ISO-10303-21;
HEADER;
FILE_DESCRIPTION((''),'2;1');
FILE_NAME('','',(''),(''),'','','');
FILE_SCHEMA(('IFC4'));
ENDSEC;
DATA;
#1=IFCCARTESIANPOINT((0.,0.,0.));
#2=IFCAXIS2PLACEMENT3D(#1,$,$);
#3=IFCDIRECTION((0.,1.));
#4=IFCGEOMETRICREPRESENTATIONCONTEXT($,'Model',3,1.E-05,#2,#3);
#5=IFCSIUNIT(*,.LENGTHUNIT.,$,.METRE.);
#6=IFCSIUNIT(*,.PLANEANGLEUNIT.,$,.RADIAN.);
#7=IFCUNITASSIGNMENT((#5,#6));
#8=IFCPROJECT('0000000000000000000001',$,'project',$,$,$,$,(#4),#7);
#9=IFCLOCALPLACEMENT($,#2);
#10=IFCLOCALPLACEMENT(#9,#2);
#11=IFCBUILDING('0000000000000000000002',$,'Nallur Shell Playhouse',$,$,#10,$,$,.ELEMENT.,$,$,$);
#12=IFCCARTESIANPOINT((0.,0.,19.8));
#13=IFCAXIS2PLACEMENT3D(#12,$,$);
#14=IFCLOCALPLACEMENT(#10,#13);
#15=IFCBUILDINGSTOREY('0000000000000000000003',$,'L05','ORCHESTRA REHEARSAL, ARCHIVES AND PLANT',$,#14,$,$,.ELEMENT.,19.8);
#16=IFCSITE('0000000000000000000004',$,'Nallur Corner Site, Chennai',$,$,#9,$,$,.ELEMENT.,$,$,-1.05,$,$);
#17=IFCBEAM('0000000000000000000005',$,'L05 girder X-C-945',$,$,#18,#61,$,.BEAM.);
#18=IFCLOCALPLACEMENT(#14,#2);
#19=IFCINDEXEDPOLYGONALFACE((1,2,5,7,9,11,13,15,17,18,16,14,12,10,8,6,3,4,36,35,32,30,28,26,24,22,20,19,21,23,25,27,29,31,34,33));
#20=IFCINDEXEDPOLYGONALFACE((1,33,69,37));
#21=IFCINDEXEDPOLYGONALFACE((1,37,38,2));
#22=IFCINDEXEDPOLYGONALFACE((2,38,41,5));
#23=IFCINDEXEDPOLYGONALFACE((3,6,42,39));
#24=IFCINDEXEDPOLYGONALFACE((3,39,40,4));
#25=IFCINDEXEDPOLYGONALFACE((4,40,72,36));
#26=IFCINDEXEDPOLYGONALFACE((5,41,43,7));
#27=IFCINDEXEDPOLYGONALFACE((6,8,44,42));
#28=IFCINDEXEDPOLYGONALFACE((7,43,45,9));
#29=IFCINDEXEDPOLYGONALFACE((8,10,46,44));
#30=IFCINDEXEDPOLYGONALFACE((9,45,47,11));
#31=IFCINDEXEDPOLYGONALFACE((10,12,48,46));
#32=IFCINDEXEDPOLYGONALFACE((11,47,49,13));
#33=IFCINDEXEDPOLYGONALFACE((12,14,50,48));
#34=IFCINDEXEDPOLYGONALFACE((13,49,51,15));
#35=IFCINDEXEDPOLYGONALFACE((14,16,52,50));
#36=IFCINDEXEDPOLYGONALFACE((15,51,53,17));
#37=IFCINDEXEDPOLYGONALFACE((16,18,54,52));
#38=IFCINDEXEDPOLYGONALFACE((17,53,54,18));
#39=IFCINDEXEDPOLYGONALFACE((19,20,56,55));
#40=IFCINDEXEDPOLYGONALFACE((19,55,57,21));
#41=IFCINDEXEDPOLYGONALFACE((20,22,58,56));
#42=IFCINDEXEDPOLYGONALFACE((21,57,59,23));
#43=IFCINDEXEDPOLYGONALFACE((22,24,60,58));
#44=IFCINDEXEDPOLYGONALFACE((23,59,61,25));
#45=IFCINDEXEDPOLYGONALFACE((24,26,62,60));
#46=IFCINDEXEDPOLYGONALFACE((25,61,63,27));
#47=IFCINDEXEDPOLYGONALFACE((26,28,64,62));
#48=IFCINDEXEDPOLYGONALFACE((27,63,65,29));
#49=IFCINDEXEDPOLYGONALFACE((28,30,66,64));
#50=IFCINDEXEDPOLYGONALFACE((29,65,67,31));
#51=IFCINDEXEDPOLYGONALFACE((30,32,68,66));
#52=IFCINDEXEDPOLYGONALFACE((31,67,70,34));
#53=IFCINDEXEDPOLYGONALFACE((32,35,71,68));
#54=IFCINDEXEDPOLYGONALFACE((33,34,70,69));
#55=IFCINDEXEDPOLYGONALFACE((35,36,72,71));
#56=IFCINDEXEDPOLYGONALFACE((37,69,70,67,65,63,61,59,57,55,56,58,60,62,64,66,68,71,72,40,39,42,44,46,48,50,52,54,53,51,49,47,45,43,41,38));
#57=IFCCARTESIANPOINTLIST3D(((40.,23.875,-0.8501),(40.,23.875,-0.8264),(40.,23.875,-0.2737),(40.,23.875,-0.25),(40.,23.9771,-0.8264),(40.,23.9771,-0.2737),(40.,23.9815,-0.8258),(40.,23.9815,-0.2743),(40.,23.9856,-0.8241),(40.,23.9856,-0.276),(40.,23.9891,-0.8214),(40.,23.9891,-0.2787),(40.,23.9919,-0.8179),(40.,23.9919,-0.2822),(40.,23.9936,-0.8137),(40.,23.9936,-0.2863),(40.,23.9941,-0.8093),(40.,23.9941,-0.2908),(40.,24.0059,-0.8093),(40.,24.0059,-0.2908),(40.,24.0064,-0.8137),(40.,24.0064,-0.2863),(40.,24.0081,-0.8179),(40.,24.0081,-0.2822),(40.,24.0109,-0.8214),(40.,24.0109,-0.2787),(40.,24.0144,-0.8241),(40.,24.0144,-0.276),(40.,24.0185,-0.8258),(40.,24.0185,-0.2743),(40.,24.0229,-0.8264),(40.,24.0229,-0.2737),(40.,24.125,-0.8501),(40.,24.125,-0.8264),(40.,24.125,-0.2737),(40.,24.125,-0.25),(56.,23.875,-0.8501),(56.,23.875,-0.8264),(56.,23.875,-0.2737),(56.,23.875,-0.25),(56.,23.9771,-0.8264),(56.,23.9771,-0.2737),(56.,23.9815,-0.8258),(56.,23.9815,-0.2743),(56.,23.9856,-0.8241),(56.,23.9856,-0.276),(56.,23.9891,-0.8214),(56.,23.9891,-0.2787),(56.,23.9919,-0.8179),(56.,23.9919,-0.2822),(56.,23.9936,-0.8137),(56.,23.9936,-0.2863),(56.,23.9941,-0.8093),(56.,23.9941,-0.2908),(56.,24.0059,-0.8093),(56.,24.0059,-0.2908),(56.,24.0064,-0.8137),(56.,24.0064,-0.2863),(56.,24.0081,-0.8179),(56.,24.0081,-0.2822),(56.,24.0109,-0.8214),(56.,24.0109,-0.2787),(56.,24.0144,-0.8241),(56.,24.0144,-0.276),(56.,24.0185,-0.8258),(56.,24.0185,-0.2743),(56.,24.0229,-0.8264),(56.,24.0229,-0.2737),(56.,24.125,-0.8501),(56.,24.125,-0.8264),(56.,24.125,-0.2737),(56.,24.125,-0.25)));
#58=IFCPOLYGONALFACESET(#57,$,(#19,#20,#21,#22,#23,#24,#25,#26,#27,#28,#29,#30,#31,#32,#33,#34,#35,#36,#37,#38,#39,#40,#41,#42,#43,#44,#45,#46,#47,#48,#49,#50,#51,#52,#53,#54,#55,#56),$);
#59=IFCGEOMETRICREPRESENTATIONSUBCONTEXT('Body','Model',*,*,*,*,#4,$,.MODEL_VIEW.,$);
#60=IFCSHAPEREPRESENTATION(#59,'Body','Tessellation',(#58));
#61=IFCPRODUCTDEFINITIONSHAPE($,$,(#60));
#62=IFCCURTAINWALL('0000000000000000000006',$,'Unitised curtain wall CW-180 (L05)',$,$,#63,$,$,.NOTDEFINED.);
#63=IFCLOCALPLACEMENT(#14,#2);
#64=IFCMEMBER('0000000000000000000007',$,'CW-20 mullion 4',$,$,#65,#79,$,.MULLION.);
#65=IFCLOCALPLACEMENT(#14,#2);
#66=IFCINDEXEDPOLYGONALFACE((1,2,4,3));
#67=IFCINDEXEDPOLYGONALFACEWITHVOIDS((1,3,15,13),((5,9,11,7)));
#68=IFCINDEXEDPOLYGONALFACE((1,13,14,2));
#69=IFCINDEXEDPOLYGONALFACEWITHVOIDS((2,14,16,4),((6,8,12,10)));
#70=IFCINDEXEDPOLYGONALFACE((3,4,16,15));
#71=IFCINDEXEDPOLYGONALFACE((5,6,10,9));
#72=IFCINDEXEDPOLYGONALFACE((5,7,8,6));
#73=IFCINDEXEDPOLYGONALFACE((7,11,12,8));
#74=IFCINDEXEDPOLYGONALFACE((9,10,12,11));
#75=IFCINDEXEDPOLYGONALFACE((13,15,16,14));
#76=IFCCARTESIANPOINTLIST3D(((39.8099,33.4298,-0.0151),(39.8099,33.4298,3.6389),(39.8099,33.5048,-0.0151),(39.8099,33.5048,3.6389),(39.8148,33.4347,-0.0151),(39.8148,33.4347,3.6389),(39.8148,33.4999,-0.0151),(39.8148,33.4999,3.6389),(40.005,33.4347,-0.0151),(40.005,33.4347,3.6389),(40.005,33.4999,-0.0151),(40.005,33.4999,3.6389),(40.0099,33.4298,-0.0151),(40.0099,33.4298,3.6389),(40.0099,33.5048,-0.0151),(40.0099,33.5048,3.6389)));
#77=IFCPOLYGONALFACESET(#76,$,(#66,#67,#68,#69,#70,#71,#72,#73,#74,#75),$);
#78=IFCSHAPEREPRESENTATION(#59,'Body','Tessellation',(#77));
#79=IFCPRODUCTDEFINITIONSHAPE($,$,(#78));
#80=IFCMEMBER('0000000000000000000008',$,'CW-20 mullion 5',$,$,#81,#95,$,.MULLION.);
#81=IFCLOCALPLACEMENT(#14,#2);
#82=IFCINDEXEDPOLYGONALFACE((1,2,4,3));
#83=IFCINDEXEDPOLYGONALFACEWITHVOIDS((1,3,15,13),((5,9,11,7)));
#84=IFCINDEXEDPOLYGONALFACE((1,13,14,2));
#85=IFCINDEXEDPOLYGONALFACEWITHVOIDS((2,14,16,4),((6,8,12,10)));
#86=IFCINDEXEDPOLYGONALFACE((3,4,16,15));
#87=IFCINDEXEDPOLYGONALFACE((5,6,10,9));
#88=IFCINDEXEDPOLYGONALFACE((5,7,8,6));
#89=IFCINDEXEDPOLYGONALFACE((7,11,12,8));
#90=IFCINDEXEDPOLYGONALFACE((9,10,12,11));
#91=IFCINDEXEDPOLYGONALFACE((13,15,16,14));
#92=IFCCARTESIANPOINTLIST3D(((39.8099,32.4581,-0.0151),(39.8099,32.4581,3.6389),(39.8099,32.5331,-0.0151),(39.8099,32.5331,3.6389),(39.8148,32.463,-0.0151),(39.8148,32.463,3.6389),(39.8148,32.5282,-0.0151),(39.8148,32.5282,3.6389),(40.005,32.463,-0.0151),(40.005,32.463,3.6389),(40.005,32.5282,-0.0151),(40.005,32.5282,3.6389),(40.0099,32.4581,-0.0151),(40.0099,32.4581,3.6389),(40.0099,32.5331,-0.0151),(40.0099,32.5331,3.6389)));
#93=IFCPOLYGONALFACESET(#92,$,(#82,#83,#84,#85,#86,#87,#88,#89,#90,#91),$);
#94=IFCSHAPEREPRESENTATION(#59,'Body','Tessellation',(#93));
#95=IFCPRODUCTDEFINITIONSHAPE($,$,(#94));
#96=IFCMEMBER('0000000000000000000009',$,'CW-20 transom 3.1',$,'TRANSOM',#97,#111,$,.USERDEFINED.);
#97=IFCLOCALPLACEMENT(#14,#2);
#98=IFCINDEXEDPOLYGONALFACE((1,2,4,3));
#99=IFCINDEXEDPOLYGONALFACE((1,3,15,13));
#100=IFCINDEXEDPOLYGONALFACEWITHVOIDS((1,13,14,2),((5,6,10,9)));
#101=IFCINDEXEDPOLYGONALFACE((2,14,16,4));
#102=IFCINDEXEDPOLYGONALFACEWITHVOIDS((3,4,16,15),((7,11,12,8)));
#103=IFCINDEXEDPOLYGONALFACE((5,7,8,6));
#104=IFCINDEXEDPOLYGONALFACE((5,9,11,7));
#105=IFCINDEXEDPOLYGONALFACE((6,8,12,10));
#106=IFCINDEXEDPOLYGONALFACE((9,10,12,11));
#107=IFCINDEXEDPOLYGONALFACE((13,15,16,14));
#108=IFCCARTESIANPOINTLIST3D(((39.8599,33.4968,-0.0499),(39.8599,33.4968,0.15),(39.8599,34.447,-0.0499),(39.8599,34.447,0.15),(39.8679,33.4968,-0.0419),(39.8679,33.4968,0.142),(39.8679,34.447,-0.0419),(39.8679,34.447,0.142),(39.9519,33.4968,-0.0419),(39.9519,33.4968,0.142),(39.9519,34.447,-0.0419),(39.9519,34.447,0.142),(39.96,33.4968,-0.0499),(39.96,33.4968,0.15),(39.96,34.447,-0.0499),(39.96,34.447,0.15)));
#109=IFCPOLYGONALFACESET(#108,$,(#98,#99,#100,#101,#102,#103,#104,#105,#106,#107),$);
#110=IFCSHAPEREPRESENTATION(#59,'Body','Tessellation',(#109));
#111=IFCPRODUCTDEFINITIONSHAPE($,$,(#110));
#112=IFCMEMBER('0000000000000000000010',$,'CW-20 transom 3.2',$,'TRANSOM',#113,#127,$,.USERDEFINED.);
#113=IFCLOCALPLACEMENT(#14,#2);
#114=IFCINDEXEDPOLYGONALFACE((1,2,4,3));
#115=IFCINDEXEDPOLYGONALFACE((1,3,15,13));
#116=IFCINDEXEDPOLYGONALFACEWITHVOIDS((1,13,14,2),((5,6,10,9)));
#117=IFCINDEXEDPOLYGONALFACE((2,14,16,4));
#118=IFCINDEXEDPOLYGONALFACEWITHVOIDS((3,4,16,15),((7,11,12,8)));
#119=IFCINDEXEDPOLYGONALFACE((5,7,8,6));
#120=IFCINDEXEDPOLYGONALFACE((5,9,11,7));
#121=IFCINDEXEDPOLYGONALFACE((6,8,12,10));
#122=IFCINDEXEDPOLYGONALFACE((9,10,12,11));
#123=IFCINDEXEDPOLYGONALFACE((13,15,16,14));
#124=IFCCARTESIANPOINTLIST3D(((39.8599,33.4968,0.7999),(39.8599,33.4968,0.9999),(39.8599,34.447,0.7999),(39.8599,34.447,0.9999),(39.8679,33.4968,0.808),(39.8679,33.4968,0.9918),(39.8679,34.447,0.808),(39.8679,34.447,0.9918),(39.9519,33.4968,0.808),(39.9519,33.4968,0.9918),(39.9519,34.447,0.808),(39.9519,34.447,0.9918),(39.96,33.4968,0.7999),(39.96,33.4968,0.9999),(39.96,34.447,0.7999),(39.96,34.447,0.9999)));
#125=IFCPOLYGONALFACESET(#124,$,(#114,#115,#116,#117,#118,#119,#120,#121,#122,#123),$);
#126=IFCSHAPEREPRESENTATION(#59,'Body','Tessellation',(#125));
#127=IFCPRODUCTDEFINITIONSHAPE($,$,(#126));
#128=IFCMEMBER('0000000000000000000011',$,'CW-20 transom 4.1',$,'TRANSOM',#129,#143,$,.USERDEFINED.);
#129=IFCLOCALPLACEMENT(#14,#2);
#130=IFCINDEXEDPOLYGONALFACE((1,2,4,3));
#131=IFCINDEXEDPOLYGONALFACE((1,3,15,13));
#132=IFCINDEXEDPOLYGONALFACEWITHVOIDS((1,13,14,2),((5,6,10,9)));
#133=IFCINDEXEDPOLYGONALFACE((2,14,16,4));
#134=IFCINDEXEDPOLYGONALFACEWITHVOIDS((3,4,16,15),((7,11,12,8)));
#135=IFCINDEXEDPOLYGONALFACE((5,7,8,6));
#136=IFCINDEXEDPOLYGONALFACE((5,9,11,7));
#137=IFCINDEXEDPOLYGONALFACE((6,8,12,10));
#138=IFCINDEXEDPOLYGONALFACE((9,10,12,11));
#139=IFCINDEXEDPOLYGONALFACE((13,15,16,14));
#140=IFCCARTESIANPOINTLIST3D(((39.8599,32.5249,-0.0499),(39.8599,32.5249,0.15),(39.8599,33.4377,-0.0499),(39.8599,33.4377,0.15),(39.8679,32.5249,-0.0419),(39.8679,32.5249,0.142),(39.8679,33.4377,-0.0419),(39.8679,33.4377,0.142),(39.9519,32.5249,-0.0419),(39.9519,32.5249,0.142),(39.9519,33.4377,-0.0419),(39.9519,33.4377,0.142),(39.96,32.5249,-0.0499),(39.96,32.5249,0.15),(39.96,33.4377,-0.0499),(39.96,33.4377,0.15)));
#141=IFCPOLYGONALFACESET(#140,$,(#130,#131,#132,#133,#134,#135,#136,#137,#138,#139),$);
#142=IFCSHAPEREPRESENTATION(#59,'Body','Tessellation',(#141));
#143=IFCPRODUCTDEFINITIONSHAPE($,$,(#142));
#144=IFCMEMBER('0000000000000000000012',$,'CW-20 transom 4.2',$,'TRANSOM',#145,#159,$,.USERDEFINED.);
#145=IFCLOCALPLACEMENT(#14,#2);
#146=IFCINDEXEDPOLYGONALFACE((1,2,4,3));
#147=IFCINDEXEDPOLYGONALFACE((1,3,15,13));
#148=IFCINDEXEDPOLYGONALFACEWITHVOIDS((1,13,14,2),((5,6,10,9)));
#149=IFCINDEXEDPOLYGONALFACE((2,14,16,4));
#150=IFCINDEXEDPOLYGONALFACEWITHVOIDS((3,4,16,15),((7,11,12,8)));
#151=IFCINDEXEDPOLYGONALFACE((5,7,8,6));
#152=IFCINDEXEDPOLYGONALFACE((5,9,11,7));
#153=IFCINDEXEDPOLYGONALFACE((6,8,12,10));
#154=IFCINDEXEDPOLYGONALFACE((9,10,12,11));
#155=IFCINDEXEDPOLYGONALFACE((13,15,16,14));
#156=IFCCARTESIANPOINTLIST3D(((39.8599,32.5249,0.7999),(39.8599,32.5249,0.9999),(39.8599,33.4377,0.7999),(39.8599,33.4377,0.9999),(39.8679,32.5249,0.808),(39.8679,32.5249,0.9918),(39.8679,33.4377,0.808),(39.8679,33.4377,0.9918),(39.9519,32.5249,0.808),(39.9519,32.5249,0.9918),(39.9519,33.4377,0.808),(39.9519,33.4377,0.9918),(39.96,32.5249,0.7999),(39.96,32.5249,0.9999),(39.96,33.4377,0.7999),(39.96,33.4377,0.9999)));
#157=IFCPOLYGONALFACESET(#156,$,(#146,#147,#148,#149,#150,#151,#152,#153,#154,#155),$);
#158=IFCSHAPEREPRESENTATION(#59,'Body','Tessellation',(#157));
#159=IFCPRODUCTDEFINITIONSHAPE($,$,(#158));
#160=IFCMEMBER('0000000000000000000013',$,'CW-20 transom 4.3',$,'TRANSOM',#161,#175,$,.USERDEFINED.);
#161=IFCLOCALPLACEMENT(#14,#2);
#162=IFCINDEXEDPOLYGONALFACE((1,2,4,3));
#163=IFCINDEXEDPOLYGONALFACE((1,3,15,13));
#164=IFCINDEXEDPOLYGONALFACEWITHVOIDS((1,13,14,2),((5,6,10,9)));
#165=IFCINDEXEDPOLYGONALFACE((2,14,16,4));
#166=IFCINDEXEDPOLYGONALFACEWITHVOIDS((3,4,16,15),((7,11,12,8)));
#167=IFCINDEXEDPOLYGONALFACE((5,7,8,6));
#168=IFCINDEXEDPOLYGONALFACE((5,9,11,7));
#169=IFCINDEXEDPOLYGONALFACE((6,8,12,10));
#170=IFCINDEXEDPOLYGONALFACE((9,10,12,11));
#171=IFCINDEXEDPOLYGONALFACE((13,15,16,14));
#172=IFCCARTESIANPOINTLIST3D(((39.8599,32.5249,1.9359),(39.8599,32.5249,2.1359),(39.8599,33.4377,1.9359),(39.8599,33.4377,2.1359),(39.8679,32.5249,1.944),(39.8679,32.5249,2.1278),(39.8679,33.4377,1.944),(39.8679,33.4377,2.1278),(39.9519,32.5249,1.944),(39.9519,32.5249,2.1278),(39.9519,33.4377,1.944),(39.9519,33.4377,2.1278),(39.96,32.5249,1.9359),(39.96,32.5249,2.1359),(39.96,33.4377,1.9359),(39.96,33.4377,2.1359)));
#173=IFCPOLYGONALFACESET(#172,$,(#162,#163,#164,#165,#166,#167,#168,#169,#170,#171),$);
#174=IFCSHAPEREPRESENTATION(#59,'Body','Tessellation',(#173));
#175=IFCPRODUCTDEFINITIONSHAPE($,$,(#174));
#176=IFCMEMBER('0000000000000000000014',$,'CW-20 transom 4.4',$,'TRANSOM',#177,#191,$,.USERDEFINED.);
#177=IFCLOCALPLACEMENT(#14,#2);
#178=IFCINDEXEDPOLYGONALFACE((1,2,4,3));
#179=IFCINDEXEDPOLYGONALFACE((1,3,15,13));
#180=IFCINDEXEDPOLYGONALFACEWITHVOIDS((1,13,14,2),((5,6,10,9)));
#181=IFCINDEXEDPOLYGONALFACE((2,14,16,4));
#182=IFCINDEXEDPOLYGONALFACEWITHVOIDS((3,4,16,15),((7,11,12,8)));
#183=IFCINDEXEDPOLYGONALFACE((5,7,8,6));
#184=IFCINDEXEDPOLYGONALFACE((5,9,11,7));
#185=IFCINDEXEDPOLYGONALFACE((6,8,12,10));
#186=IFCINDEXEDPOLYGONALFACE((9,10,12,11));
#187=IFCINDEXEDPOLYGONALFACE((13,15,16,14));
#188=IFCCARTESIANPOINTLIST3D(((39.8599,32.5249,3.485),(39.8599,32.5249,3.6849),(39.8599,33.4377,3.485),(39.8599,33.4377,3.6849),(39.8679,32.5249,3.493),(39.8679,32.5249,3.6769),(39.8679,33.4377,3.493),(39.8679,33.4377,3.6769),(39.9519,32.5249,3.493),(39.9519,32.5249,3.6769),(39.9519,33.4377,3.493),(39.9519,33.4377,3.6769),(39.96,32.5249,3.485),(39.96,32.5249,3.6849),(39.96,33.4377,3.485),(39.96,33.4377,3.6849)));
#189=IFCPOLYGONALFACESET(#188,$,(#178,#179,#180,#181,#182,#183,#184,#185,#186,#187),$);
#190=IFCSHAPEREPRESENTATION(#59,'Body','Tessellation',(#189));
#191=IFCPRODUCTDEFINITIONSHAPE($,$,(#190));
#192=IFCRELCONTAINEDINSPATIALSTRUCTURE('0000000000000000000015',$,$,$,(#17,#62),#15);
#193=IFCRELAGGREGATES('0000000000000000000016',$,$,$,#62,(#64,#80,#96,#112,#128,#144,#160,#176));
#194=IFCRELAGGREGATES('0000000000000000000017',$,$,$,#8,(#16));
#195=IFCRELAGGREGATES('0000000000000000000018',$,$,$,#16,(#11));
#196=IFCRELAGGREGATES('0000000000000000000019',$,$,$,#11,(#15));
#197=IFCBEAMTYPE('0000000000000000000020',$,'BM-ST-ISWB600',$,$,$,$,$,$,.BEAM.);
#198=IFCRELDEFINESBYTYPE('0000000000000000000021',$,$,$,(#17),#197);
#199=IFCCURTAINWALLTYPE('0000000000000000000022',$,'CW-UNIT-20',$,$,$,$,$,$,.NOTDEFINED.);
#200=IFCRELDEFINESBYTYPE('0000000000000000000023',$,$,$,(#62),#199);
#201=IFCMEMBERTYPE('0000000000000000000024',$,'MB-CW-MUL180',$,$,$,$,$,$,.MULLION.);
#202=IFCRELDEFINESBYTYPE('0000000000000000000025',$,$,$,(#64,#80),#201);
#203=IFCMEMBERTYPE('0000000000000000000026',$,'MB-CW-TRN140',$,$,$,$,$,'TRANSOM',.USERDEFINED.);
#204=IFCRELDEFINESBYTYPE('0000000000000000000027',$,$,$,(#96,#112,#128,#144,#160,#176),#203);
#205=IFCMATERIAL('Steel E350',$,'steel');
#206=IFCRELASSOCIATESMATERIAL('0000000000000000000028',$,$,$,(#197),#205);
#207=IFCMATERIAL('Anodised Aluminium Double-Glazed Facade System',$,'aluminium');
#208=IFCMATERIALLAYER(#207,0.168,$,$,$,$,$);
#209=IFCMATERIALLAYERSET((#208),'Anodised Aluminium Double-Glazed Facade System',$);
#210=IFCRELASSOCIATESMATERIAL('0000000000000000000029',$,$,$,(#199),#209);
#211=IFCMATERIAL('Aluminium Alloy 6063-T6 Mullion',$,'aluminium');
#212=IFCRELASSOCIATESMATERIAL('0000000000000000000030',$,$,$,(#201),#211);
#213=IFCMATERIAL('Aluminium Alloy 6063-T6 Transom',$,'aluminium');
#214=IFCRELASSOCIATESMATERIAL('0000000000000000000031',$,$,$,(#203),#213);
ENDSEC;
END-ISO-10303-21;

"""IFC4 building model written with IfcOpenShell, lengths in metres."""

from ifc_helpers import new_model, si_unit, direction, frame, origin, origin_2d, place, context, subcontext, project, spatial, hollow_rectangle, i_section, extrude, material, layer, layer_set, material_profile, profile_set, type_object, element, aggregate, save


model = new_model("IFC4")

# Units and contexts
model_context = context("Model", 3, precision=1e-05, world=origin(), true_north=direction((0.0, 1.0)))
body_context = subcontext(model_context, "Body", "Model", "MODEL_VIEW")
ifc_project = project(units=[si_unit("LENGTHUNIT", "METRE"), si_unit("PLANEANGLEUNIT", "RADIAN")], contexts=[model_context])

# Site, building, storey
site_placement = place(None, origin())
site = spatial("IfcSite", under=ifc_project, at=site_placement, Name="Nallur Corner Site, Chennai", CompositionType="ELEMENT", RefElevation=-1.05)
building_placement = place(site_placement, origin())
building = spatial("IfcBuilding", under=site, at=building_placement, Name="Nallur Shell Playhouse", CompositionType="ELEMENT")
storey_placement = place(building_placement, frame((0.0, 0.0, 19.8)))
storey = spatial("IfcBuildingStorey", under=building, at=storey_placement, Name="L05", Description="ORCHESTRA REHEARSAL, ARCHIVES AND PLANT", CompositionType="ELEMENT", Elevation=19.8)

# Beam
ifc_material_1 = material(Name="Steel E350", Category="steel")
ifc_material_profile_1 = material_profile(ifc_material_1, i_section(OverallWidth=0.25, OverallDepth=0.6001, WebThickness=0.0117, FlangeThickness=0.0237, FilletRadius=0.0171, at=origin_2d()), Name="ISWB 600")
ifc_profile_set_1 = profile_set([ifc_material_profile_1], Name="Steel E350")
beam_type_1 = type_object("IfcBeamType", Name="BM-ST-ISWB600", PredefinedType="BEAM", material=ifc_profile_set_1)
beam_1_placement = place(storey_placement, frame((40.0, 24.0, -0.55), z_axis=(1.0, 0.0, 0.0), x_axis=(0.0, 1.0, 0.0)))
element("IfcBeam", 1, at=beam_1_placement, inside=storey, type_object=beam_type_1, Name="L05 girder X-C-945", PredefinedType="BEAM", context=body_context, shape_type="SweptSolid", body=[
    extrude(i_section(OverallWidth=0.25, OverallDepth=0.6001, WebThickness=0.0117, FlangeThickness=0.0237, FilletRadius=0.0171, at=origin_2d()), origin(), (0.0, 0.0, 1.0), 16.0),
])

# Curtain wall, members
ifc_material_2 = material(Name="Anodised Aluminium Double-Glazed Facade System", Category="aluminium")
ifc_layer_1 = layer(ifc_material_2, 0.168)
ifc_layer_set_1 = layer_set([ifc_layer_1], Name="Anodised Aluminium Double-Glazed Facade System")
curtain_wall_type = type_object("IfcCurtainWallType", Name="CW-UNIT-20", PredefinedType="NOTDEFINED", material=ifc_layer_set_1)
curtain_wall_placement = place(storey_placement, origin())
curtain_wall = element("IfcCurtainWall", 2, at=curtain_wall_placement, inside=storey, type_object=curtain_wall_type, Name="Unitised curtain wall CW-180 (L05)", PredefinedType="NOTDEFINED")
ifc_material_3 = material(Name="Aluminium Alloy 6063-T6 Mullion", Category="aluminium")
ifc_material_profile_2 = material_profile(ifc_material_3, hollow_rectangle(XDim=0.075, YDim=0.2, WallThickness=0.0049, at=origin_2d()), Name="ALU 75x200x5")
ifc_profile_set_2 = profile_set([ifc_material_profile_2], Name="Aluminium Alloy 6063-T6 Mullion")
member_type_1 = type_object("IfcMemberType", Name="MB-CW-MUL180", PredefinedType="MULLION", material=ifc_profile_set_2)
member_1_placement = place(storey_placement, frame((39.9099, 33.4673, -0.0151), z_axis=(0.0, 0.0, 1.0), x_axis=(0.0, -1.0, 0.0)))
member_1 = element("IfcMember", 3, at=member_1_placement, type_object=member_type_1, Name="CW-20 mullion 4", PredefinedType="MULLION", context=body_context, shape_type="SweptSolid", body=[
    extrude(hollow_rectangle(XDim=0.075, YDim=0.2, WallThickness=0.0049, at=origin_2d()), origin(), (0.0, 0.0, 1.0), 3.6541),
])
member_2_placement = place(storey_placement, frame((39.9099, 32.4956, -0.0151), z_axis=(0.0, 0.0, 1.0), x_axis=(0.0, -1.0, 0.0)))
member_2 = element("IfcMember", 4, at=member_2_placement, type_object=member_type_1, Name="CW-20 mullion 5", PredefinedType="MULLION", context=body_context, shape_type="SweptSolid", body=[
    extrude(hollow_rectangle(XDim=0.075, YDim=0.2, WallThickness=0.0049, at=origin_2d()), origin(), (0.0, 0.0, 1.0), 3.6541),
])
ifc_material_4 = material(Name="Aluminium Alloy 6063-T6 Transom", Category="aluminium")
ifc_material_profile_3 = material_profile(ifc_material_4, hollow_rectangle(XDim=0.1001, YDim=0.2, WallThickness=0.0081, at=origin_2d()), Name="RHS 200x100x8")
ifc_profile_set_3 = profile_set([ifc_material_profile_3], Name="Aluminium Alloy 6063-T6 Transom")
member_type_2 = type_object("IfcMemberType", Name="MB-CW-TRN140", ElementType="TRANSOM", PredefinedType="USERDEFINED", material=ifc_profile_set_3)
member_3_placement = place(storey_placement, frame((39.9099, 34.447, 0.05), z_axis=(0.0, -1.0, 0.0), x_axis=(1.0, 0.0, 0.0)))
member_3 = element("IfcMember", 5, at=member_3_placement, type_object=member_type_2, Name="CW-20 transom 3.1", ObjectType="TRANSOM", PredefinedType="USERDEFINED", context=body_context, shape_type="SweptSolid", body=[
    extrude(hollow_rectangle(XDim=0.1001, YDim=0.2, WallThickness=0.0081, at=origin_2d()), origin(), (0.0, 0.0, 1.0), 0.9502),
])
member_4_placement = place(storey_placement, frame((39.9099, 34.447, 0.8999), z_axis=(0.0, -1.0, 0.0), x_axis=(1.0, 0.0, 0.0)))
member_4 = element("IfcMember", 6, at=member_4_placement, type_object=member_type_2, Name="CW-20 transom 3.2", ObjectType="TRANSOM", PredefinedType="USERDEFINED", context=body_context, shape_type="SweptSolid", body=[
    extrude(hollow_rectangle(XDim=0.1001, YDim=0.2, WallThickness=0.0081, at=origin_2d()), origin(), (0.0, 0.0, 1.0), 0.9502),
])
member_5_placement = place(storey_placement, frame((39.9099, 33.4377, 0.05), z_axis=(0.0, -1.0, 0.0), x_axis=(1.0, 0.0, 0.0)))
member_5 = element("IfcMember", 7, at=member_5_placement, type_object=member_type_2, Name="CW-20 transom 4.1", ObjectType="TRANSOM", PredefinedType="USERDEFINED", context=body_context, shape_type="SweptSolid", body=[
    extrude(hollow_rectangle(XDim=0.1001, YDim=0.2, WallThickness=0.0081, at=origin_2d()), origin(), (0.0, 0.0, 1.0), 0.9128),
])
member_6_placement = place(storey_placement, frame((39.9099, 33.4377, 0.8999), z_axis=(0.0, -1.0, 0.0), x_axis=(1.0, 0.0, 0.0)))
member_6 = element("IfcMember", 8, at=member_6_placement, type_object=member_type_2, Name="CW-20 transom 4.2", ObjectType="TRANSOM", PredefinedType="USERDEFINED", context=body_context, shape_type="SweptSolid", body=[
    extrude(hollow_rectangle(XDim=0.1001, YDim=0.2, WallThickness=0.0081, at=origin_2d()), origin(), (0.0, 0.0, 1.0), 0.9128),
])
member_7_placement = place(storey_placement, frame((39.9099, 33.4377, 2.0359), z_axis=(0.0, -1.0, 0.0), x_axis=(1.0, 0.0, 0.0)))
member_7 = element("IfcMember", 9, at=member_7_placement, type_object=member_type_2, Name="CW-20 transom 4.3", ObjectType="TRANSOM", PredefinedType="USERDEFINED", context=body_context, shape_type="SweptSolid", body=[
    extrude(hollow_rectangle(XDim=0.1001, YDim=0.2, WallThickness=0.0081, at=origin_2d()), origin(), (0.0, 0.0, 1.0), 0.9128),
])
member_8_placement = place(storey_placement, frame((39.9099, 33.4377, 3.585), z_axis=(0.0, -1.0, 0.0), x_axis=(1.0, 0.0, 0.0)))
member_8 = element("IfcMember", 10, at=member_8_placement, type_object=member_type_2, Name="CW-20 transom 4.4", ObjectType="TRANSOM", PredefinedType="USERDEFINED", context=body_context, shape_type="SweptSolid", body=[
    extrude(hollow_rectangle(XDim=0.1001, YDim=0.2, WallThickness=0.0081, at=origin_2d()), origin(), (0.0, 0.0, 1.0), 0.9128),
])
aggregate(curtain_wall, [member_1, member_2, member_3, member_4, member_5, member_6, member_7, member_8])

save(model, "model.ifc")
